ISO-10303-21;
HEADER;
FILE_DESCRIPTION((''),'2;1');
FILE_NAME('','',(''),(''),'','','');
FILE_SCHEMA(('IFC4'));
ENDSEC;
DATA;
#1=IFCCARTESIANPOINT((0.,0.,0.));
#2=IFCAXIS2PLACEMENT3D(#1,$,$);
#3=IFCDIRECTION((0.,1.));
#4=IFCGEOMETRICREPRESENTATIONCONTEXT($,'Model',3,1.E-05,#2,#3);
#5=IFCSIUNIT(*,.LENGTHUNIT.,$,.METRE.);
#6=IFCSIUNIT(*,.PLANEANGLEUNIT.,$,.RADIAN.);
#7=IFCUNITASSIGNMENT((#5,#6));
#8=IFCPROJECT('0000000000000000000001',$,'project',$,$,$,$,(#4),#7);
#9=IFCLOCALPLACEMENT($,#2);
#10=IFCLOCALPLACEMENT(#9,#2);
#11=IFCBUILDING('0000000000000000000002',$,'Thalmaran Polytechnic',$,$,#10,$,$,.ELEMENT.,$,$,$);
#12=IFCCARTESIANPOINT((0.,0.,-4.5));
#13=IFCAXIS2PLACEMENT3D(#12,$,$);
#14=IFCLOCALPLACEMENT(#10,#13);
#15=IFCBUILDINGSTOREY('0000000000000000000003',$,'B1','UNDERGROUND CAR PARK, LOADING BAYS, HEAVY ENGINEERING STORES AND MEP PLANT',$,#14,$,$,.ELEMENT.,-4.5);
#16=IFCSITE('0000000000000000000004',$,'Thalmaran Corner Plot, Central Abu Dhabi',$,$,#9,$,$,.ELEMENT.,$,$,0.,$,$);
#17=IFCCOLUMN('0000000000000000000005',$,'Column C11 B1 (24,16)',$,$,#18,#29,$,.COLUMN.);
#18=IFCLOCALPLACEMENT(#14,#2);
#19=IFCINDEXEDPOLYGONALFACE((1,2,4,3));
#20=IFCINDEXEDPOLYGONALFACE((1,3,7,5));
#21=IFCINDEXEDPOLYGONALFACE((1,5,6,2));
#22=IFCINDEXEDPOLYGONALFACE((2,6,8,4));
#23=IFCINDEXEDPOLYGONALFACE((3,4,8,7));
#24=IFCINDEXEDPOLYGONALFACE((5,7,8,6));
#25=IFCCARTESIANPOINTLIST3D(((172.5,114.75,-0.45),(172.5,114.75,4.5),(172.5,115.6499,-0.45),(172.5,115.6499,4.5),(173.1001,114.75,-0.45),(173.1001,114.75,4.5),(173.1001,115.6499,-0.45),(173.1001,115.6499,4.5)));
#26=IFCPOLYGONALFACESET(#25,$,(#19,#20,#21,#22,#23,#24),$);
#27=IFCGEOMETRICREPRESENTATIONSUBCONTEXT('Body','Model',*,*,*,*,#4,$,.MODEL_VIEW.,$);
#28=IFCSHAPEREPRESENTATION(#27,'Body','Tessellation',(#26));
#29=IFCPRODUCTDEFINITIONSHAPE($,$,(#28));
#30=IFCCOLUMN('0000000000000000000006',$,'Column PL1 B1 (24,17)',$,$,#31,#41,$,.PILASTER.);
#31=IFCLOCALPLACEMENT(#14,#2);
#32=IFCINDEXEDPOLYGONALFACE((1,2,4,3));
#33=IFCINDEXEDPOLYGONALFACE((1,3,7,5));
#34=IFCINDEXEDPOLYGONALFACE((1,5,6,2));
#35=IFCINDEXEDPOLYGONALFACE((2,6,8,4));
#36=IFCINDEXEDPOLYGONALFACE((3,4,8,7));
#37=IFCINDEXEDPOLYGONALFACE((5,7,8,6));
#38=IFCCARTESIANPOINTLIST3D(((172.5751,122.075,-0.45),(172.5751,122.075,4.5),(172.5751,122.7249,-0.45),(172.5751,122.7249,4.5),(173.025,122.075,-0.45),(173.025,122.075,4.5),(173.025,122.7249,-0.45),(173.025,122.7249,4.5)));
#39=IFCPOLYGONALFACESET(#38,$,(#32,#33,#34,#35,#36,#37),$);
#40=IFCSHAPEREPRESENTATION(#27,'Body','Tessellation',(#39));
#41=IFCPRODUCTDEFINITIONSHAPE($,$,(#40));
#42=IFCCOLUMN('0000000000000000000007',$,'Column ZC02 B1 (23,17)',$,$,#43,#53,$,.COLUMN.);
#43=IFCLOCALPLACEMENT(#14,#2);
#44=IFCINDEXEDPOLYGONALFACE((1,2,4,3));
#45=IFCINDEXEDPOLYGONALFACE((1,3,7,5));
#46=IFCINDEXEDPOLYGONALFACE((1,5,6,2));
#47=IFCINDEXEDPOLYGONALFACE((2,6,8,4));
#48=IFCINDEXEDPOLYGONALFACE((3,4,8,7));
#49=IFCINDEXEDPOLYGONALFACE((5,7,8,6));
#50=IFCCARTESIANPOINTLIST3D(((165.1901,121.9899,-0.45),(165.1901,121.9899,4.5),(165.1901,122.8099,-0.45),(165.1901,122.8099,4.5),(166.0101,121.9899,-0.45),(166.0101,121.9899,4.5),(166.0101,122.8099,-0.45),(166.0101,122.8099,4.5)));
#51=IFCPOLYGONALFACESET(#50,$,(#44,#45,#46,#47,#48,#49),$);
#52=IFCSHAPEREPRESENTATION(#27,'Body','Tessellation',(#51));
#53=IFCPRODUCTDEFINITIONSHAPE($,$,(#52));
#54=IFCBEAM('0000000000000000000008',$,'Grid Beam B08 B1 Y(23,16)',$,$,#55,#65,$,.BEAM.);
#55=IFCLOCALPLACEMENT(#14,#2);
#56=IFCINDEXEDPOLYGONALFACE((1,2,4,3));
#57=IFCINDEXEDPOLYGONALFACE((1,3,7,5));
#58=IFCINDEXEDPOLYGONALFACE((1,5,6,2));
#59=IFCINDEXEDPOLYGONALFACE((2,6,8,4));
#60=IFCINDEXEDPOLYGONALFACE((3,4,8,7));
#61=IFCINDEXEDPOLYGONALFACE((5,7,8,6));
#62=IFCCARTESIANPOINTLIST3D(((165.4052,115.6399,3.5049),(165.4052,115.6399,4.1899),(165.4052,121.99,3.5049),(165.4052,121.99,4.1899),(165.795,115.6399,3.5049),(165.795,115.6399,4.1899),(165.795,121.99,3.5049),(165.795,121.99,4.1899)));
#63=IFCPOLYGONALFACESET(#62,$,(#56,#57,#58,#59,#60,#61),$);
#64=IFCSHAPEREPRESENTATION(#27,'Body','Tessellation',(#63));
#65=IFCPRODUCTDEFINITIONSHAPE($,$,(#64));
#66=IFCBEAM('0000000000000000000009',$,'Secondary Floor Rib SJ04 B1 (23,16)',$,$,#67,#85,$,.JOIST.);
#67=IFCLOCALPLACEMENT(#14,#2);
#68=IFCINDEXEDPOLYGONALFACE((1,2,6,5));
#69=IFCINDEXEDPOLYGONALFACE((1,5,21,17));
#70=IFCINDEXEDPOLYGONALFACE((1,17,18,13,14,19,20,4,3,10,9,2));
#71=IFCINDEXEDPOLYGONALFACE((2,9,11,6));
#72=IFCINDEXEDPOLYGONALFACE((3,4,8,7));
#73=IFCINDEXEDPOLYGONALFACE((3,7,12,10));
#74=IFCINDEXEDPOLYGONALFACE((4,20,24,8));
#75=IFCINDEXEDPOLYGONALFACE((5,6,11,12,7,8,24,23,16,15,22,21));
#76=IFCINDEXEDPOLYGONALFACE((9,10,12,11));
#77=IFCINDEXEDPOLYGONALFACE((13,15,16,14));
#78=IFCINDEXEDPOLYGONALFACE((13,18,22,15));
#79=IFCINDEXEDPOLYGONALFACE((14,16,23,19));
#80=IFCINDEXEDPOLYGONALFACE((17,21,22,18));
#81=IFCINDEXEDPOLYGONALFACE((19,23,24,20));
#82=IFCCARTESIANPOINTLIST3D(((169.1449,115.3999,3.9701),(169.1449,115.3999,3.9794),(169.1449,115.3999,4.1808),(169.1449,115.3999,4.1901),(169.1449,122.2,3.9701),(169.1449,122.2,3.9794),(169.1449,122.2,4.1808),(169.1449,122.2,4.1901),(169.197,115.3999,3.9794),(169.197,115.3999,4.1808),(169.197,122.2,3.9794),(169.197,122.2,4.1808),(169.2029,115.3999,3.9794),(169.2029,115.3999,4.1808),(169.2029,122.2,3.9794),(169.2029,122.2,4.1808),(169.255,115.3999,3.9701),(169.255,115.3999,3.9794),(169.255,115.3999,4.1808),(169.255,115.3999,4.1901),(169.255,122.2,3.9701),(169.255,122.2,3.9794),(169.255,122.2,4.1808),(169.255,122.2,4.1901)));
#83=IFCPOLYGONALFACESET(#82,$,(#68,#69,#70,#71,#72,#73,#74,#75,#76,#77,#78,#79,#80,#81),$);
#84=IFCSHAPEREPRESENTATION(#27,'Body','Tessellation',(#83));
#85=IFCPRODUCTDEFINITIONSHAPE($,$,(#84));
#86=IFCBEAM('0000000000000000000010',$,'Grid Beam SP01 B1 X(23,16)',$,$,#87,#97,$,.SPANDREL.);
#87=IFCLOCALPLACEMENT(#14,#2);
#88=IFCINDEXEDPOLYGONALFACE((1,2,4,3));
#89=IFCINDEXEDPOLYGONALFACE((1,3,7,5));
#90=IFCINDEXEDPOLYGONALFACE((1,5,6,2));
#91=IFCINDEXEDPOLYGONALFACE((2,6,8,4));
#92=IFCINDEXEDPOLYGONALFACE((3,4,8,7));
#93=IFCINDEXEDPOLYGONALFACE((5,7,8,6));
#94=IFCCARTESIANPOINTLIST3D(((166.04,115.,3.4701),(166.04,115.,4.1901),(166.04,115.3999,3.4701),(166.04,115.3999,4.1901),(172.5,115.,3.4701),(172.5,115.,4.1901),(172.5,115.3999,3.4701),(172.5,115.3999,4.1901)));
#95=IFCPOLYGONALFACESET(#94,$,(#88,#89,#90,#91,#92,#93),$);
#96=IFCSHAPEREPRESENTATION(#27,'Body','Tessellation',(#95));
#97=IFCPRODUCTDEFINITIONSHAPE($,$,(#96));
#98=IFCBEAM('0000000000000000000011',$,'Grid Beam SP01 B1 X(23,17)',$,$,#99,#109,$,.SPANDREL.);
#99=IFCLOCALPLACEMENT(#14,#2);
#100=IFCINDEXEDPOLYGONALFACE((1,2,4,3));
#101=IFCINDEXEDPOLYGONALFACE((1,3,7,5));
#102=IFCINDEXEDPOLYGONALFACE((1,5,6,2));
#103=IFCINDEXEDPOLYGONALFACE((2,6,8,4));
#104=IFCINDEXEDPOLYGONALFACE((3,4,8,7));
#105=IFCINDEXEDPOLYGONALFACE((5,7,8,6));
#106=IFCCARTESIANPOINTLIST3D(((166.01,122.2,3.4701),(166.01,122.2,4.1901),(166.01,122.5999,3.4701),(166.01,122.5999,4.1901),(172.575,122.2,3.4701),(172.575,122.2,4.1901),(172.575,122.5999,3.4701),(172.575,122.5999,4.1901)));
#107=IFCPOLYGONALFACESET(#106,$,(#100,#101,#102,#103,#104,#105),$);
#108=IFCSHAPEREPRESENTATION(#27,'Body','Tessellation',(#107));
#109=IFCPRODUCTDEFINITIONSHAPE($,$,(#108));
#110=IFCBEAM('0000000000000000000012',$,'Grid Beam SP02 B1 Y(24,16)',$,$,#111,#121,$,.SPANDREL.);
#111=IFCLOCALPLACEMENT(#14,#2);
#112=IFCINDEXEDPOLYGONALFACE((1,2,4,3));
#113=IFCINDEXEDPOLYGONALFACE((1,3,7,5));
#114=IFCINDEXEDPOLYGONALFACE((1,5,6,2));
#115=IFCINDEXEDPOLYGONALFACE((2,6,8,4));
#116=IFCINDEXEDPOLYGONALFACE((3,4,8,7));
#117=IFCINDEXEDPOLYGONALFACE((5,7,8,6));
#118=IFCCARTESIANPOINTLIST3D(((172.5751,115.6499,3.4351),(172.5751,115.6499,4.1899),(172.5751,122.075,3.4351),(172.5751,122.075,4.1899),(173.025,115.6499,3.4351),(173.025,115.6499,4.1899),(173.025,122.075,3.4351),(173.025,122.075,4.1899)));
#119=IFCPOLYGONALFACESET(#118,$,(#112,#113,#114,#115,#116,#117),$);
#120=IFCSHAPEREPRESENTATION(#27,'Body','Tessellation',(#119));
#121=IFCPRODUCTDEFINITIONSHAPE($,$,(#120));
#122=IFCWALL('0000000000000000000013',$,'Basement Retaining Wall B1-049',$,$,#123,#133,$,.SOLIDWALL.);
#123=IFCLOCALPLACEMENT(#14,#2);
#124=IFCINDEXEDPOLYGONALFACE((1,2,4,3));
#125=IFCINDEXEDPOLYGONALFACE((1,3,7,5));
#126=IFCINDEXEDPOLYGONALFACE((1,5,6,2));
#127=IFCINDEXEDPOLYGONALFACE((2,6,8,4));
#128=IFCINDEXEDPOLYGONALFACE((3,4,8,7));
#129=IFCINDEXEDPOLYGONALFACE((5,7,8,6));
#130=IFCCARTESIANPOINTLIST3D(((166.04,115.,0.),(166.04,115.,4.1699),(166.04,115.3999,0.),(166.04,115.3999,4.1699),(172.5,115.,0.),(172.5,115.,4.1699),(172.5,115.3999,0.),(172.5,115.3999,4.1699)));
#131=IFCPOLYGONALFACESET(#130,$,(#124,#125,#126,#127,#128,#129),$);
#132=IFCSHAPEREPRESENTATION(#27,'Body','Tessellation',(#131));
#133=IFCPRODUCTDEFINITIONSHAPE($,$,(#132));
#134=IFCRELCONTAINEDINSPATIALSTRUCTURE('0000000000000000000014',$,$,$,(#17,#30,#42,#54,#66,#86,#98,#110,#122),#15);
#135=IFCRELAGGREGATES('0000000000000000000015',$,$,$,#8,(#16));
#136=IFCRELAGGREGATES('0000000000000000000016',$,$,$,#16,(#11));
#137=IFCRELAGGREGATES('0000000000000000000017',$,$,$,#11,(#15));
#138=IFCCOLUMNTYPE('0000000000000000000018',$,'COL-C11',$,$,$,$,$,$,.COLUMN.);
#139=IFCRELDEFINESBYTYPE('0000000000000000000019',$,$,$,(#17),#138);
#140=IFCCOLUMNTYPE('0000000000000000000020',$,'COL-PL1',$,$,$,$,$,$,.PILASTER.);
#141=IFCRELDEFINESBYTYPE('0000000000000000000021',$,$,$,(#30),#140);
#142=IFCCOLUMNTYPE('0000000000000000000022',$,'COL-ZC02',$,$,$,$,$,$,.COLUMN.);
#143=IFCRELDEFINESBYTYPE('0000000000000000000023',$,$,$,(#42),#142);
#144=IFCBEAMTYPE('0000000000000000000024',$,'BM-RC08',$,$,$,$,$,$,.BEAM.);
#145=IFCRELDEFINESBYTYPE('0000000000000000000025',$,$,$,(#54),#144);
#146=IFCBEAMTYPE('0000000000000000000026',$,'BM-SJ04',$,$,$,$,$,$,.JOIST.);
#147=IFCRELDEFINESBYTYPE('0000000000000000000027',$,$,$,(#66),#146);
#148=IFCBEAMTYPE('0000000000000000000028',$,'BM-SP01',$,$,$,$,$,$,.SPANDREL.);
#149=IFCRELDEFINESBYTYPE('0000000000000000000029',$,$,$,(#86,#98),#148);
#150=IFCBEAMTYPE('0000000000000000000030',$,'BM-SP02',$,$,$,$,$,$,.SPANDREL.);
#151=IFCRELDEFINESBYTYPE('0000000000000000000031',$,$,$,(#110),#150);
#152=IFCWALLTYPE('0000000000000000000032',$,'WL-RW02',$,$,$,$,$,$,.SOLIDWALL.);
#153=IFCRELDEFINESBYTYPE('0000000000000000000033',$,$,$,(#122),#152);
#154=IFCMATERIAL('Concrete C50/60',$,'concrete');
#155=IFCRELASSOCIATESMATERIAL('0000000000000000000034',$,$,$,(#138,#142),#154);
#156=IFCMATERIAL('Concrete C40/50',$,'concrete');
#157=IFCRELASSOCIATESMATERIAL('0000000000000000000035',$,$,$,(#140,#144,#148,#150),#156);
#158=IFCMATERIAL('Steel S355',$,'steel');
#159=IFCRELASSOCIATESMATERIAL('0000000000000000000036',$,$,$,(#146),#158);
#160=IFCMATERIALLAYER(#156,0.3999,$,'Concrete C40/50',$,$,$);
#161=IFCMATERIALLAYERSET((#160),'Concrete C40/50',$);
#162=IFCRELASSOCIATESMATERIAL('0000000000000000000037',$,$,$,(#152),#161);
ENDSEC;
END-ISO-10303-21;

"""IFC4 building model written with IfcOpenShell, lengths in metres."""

from ifc_helpers import new_model, si_unit, direction, frame, frame_2d, origin, origin_2d, place, context, subcontext, project, spatial, rectangle, i_section, extrude, material, layer, layer_set, material_profile, profile_set, type_object, element, save


model = new_model("IFC4")

# Units and contexts
model_context = context("Model", 3, precision=1e-05, world=origin(), true_north=direction((0.0, 1.0)))
body_context = subcontext(model_context, "Body", "Model", "MODEL_VIEW")
ifc_project = project(units=[si_unit("LENGTHUNIT", "METRE"), si_unit("PLANEANGLEUNIT", "RADIAN")], contexts=[model_context])

# Site, building, storey
site_placement = place(None, origin())
site = spatial("IfcSite", under=ifc_project, at=site_placement, Name="Thalmaran Corner Plot, Central Abu Dhabi", CompositionType="ELEMENT", RefElevation=0.0)
building_placement = place(site_placement, origin())
building = spatial("IfcBuilding", under=site, at=building_placement, Name="Thalmaran Polytechnic", CompositionType="ELEMENT")
storey_placement = place(building_placement, frame((0.0, 0.0, -4.5)))
storey = spatial("IfcBuildingStorey", under=building, at=storey_placement, Name="B1", Description="UNDERGROUND CAR PARK, LOADING BAYS, HEAVY ENGINEERING STORES AND MEP PLANT", CompositionType="ELEMENT", Elevation=-4.5)

# Shared definitions
ifc_material_1 = material(Name="Concrete C40/50", Category="concrete")

# Columns
ifc_material_2 = material(Name="Concrete C50/60", Category="concrete")
ifc_material_profile_1 = material_profile(ifc_material_2, rectangle(XDim=0.6001, YDim=0.8999, at=origin_2d()), Name="RC 600x900")
ifc_profile_set_1 = profile_set([ifc_material_profile_1], Name="Concrete C50/60")
column_type_1 = type_object("IfcColumnType", Name="COL-C11", PredefinedType="COLUMN", material=ifc_profile_set_1)
column_1_placement = place(storey_placement, frame((172.8, 115.2, -0.45), z_axis=(0.0, 0.0, 1.0), x_axis=(1.0, 0.0, 0.0)))
element("IfcColumn", 1, at=column_1_placement, inside=storey, type_object=column_type_1, Name="Column C11 B1 (24,16)", PredefinedType="COLUMN", context=body_context, shape_type="SweptSolid", body=[
    extrude(rectangle(XDim=0.6001, YDim=0.8999, at=origin_2d()), origin(), (0.0, 0.0, 1.0), 4.95),
])
ifc_material_profile_2 = material_profile(ifc_material_1, rectangle(XDim=0.45, YDim=0.6499, at=origin_2d()), Name="RC 450x650")
ifc_profile_set_2 = profile_set([ifc_material_profile_2], Name="Concrete C40/50")
column_type_2 = type_object("IfcColumnType", Name="COL-PL1", PredefinedType="PILASTER", material=ifc_profile_set_2)
column_2_placement = place(storey_placement, frame((172.8, 122.3999, -0.45), z_axis=(0.0, 0.0, 1.0), x_axis=(1.0, 0.0, 0.0)))
element("IfcColumn", 2, at=column_2_placement, inside=storey, type_object=column_type_2, Name="Column PL1 B1 (24,17)", PredefinedType="PILASTER", context=body_context, shape_type="SweptSolid", body=[
    extrude(rectangle(XDim=0.45, YDim=0.6499, at=origin_2d()), origin(), (0.0, 0.0, 1.0), 4.95),
])
ifc_material_profile_3 = material_profile(ifc_material_2, rectangle(XDim=0.8201, YDim=0.8201, at=origin_2d()), Name="RC 820x820")
ifc_profile_set_3 = profile_set([ifc_material_profile_3], Name="Concrete C50/60")
column_type_3 = type_object("IfcColumnType", Name="COL-ZC02", PredefinedType="COLUMN", material=ifc_profile_set_3)
column_3_placement = place(storey_placement, frame((165.6001, 122.3999, -0.45), z_axis=(0.0, 0.0, 1.0), x_axis=(1.0, 0.0, 0.0)))
element("IfcColumn", 3, at=column_3_placement, inside=storey, type_object=column_type_3, Name="Column ZC02 B1 (23,17)", PredefinedType="COLUMN", context=body_context, shape_type="SweptSolid", body=[
    extrude(rectangle(XDim=0.8201, YDim=0.8201, at=origin_2d()), origin(), (0.0, 0.0, 1.0), 4.95),
])

# Beams
ifc_material_profile_4 = material_profile(ifc_material_1, rectangle(XDim=0.3899, YDim=0.6851, at=origin_2d()), Name="RC 390x685")
ifc_profile_set_4 = profile_set([ifc_material_profile_4], Name="Concrete C40/50")
beam_type_1 = type_object("IfcBeamType", Name="BM-RC08", PredefinedType="BEAM", material=ifc_profile_set_4)
beam_1_placement = place(storey_placement, frame((165.6001, 115.6399, 3.8474), z_axis=(0.0, 1.0, 0.0), x_axis=(-1.0, 0.0, 0.0)))
element("IfcBeam", 4, at=beam_1_placement, inside=storey, type_object=beam_type_1, Name="Grid Beam B08 B1 Y(23,16)", PredefinedType="BEAM", context=body_context, shape_type="SweptSolid", body=[
    extrude(rectangle(XDim=0.3899, YDim=0.6851, at=origin_2d()), origin(), (0.0, 0.0, 1.0), 6.3501),
])
ifc_material_3 = material(Name="Steel S355", Category="steel")
ifc_material_profile_5 = material_profile(ifc_material_3, i_section(OverallWidth=0.1101, OverallDepth=0.22, WebThickness=0.0059, FlangeThickness=0.0093, at=origin_2d()), Name="IPE 220")
ifc_profile_set_5 = profile_set([ifc_material_profile_5], Name="Steel S355")
beam_type_2 = type_object("IfcBeamType", Name="BM-SJ04", PredefinedType="JOIST", material=ifc_profile_set_5)
beam_2_placement = place(storey_placement, frame((169.2, 115.3999, 4.0801), z_axis=(0.0, 1.0, 0.0), x_axis=(-1.0, 0.0, 0.0)))
element("IfcBeam", 5, at=beam_2_placement, inside=storey, type_object=beam_type_2, Name="Secondary Floor Rib SJ04 B1 (23,16)", PredefinedType="JOIST", context=body_context, shape_type="SweptSolid", body=[
    extrude(i_section(OverallWidth=0.1101, OverallDepth=0.22, WebThickness=0.0059, FlangeThickness=0.0093, at=origin_2d()), origin(), (0.0, 0.0, 1.0), 6.8),
])
ifc_material_profile_6 = material_profile(ifc_material_1, rectangle(XDim=0.3999, YDim=0.72, at=origin_2d()), Name="RC 400x720")
ifc_profile_set_6 = profile_set([ifc_material_profile_6], Name="Concrete C40/50")
beam_type_3 = type_object("IfcBeamType", Name="BM-SP01", PredefinedType="SPANDREL", material=ifc_profile_set_6)
beam_3_placement = place(storey_placement, frame((166.04, 115.2, 3.8301), z_axis=(1.0, 0.0, 0.0), x_axis=(0.0, 1.0, 0.0)))
element("IfcBeam", 6, at=beam_3_placement, inside=storey, type_object=beam_type_3, Name="Grid Beam SP01 B1 X(23,16)", PredefinedType="SPANDREL", context=body_context, shape_type="SweptSolid", body=[
    extrude(rectangle(XDim=0.3999, YDim=0.72, at=origin_2d()), origin(), (0.0, 0.0, 1.0), 6.46),
])
beam_4_placement = place(storey_placement, frame((166.01, 122.3999, 3.8301), z_axis=(1.0, 0.0, 0.0), x_axis=(0.0, 1.0, 0.0)))
element("IfcBeam", 7, at=beam_4_placement, inside=storey, type_object=beam_type_3, Name="Grid Beam SP01 B1 X(23,17)", PredefinedType="SPANDREL", context=body_context, shape_type="SweptSolid", body=[
    extrude(rectangle(XDim=0.3999, YDim=0.72, at=origin_2d()), origin(), (0.0, 0.0, 1.0), 6.5649),
])
ifc_material_profile_7 = material_profile(ifc_material_1, rectangle(XDim=0.45, YDim=0.7549, at=origin_2d()), Name="RC 450x755")
ifc_profile_set_7 = profile_set([ifc_material_profile_7], Name="Concrete C40/50")
beam_type_4 = type_object("IfcBeamType", Name="BM-SP02", PredefinedType="SPANDREL", material=ifc_profile_set_7)
beam_5_placement = place(storey_placement, frame((172.8, 115.6499, 3.8125), z_axis=(0.0, 1.0, 0.0), x_axis=(-1.0, 0.0, 0.0)))
element("IfcBeam", 8, at=beam_5_placement, inside=storey, type_object=beam_type_4, Name="Grid Beam SP02 B1 Y(24,16)", PredefinedType="SPANDREL", context=body_context, shape_type="SweptSolid", body=[
    extrude(rectangle(XDim=0.45, YDim=0.7549, at=origin_2d()), origin(), (0.0, 0.0, 1.0), 6.425),
])

# Wall
ifc_layer = layer(ifc_material_1, 0.3999, Name="Concrete C40/50")
ifc_layer_set = layer_set([ifc_layer], Name="Concrete C40/50")
wall_type = type_object("IfcWallType", Name="WL-RW02", PredefinedType="SOLIDWALL", material=ifc_layer_set)
wall_placement = place(storey_placement, frame((166.04, 115.2, 0.0), z_axis=(0.0, 0.0, 1.0), x_axis=(1.0, 0.0, 0.0)))
element("IfcWall", 9, at=wall_placement, inside=storey, type_object=wall_type, Name="Basement Retaining Wall B1-049", PredefinedType="SOLIDWALL", context=body_context, shape_type="SweptSolid", body=[
    extrude(rectangle(XDim=6.46, YDim=0.3999, at=frame_2d((3.23, 0.0))), origin(), (0.0, 0.0, 1.0), 4.1699),
])

save(model, "model.ifc")
